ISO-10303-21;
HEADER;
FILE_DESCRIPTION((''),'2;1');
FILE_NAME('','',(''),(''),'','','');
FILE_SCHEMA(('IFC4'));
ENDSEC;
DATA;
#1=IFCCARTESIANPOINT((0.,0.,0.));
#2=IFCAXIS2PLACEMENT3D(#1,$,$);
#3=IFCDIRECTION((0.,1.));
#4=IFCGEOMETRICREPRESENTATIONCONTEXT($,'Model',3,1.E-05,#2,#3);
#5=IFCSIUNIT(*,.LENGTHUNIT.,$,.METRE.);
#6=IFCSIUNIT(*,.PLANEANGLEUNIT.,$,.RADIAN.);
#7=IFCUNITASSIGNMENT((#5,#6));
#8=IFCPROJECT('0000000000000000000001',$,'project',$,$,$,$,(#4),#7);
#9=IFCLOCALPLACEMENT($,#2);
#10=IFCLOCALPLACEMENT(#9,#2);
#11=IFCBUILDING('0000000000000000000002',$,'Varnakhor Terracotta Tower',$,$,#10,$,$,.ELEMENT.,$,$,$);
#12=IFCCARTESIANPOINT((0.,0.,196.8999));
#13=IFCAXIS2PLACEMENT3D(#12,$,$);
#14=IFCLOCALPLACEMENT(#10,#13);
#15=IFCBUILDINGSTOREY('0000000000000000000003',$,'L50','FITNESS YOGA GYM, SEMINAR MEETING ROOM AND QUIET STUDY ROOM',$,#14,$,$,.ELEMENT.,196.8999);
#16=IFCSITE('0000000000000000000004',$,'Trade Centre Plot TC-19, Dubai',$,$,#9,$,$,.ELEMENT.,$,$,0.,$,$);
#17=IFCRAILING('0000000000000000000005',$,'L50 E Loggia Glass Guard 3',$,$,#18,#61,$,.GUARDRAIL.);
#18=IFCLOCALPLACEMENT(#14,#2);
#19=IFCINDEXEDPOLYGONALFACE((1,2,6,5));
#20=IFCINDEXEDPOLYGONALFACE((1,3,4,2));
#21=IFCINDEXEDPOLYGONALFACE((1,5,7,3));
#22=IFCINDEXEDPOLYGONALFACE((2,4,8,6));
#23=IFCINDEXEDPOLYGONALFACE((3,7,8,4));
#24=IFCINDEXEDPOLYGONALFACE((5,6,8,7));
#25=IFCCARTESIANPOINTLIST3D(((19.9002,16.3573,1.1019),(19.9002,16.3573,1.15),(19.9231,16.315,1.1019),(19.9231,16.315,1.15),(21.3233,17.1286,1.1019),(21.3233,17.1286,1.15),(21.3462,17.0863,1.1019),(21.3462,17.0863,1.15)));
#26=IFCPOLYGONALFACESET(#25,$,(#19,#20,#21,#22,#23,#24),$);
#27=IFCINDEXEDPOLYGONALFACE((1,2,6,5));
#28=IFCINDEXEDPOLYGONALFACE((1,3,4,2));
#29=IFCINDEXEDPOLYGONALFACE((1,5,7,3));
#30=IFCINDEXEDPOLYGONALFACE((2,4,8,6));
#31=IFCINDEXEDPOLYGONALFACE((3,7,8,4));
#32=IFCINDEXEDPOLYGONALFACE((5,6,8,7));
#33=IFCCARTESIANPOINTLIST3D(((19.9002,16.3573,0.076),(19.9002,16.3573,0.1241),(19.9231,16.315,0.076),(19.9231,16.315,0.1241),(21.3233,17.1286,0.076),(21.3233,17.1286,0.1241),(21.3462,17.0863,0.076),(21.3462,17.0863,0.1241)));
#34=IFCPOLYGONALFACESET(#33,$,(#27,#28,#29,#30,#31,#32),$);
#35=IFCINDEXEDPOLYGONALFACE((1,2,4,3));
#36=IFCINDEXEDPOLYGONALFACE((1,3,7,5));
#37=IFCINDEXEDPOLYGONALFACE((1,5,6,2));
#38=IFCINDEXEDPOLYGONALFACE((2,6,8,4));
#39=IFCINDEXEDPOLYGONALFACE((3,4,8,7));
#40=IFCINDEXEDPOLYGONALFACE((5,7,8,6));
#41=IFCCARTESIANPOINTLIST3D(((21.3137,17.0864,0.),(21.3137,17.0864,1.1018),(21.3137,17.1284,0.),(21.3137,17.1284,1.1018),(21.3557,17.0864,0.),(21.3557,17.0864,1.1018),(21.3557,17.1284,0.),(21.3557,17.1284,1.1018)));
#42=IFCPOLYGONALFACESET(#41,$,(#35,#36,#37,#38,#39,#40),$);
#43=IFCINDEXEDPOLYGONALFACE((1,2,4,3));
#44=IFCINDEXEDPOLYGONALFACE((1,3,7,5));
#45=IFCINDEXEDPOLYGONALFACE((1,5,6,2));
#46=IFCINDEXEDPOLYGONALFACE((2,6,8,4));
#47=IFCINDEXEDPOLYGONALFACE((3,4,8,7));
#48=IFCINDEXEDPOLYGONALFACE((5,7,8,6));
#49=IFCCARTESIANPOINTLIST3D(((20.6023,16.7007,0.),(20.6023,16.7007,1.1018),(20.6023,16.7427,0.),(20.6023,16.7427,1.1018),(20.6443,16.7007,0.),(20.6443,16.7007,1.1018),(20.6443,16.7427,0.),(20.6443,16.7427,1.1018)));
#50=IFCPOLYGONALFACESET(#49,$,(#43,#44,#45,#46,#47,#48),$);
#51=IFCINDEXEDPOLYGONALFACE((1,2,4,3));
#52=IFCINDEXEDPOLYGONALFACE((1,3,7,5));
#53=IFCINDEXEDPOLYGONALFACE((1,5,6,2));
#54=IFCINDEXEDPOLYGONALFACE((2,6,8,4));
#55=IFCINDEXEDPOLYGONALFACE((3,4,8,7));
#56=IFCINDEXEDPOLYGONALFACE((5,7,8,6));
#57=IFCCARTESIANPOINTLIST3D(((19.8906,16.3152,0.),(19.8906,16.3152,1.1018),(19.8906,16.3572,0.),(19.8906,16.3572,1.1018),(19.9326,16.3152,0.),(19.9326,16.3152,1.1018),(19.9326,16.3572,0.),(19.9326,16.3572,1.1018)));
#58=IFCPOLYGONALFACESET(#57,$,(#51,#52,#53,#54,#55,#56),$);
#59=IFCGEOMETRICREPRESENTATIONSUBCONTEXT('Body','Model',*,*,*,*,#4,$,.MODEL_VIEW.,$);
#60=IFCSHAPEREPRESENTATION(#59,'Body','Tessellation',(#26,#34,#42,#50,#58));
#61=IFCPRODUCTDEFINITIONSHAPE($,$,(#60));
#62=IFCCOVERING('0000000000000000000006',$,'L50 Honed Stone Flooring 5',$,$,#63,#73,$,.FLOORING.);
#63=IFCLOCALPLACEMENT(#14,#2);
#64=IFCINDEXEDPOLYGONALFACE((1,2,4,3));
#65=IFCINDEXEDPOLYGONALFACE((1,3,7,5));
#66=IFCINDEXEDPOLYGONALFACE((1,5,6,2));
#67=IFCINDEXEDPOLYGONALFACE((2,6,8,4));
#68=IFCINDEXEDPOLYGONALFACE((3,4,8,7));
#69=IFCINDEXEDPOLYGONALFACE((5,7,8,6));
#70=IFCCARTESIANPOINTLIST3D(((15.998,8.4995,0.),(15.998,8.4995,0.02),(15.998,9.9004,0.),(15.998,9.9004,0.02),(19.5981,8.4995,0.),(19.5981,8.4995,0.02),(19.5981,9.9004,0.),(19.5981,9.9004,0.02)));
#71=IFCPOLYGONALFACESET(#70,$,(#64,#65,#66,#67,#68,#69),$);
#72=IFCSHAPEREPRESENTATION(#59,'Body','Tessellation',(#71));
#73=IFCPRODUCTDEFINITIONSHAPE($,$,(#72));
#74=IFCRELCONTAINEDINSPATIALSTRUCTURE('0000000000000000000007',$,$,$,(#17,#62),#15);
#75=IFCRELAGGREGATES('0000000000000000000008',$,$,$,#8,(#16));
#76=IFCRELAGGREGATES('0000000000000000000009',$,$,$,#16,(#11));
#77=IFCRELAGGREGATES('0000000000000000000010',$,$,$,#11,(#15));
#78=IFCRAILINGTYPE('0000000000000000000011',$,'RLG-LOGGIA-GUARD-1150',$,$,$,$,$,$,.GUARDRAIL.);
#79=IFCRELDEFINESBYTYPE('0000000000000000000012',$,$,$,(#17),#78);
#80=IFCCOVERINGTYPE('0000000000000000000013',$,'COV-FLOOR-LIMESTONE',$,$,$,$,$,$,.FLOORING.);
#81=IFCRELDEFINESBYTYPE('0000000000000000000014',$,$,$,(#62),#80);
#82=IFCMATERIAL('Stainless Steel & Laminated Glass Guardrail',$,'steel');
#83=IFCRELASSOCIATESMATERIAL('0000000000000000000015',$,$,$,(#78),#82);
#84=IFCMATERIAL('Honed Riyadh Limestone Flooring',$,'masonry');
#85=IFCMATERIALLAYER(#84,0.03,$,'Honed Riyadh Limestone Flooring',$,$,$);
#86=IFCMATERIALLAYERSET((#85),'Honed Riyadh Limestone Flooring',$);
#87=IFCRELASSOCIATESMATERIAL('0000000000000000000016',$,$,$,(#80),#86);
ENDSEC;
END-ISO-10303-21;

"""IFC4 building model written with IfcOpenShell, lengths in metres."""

from ifc_helpers import new_model, si_unit, direction, frame, origin, origin_2d, place, context, subcontext, project, spatial, rectangle, extrude, source, transform, mapped, material, layer, layer_set, type_object, element, save


model = new_model("IFC4")

# Units and contexts
model_context = context("Model", 3, precision=1e-05, world=origin(), true_north=direction((0.0, 1.0)))
body_context = subcontext(model_context, "Body", "Model", "MODEL_VIEW")
ifc_project = project(units=[si_unit("LENGTHUNIT", "METRE"), si_unit("PLANEANGLEUNIT", "RADIAN")], contexts=[model_context])

# Site, building, storey
site_placement = place(None, origin())
site = spatial("IfcSite", under=ifc_project, at=site_placement, Name="Trade Centre Plot TC-19, Dubai", CompositionType="ELEMENT", RefElevation=0.0)
building_placement = place(site_placement, origin())
building = spatial("IfcBuilding", under=site, at=building_placement, Name="Varnakhor Terracotta Tower", CompositionType="ELEMENT")
storey_placement = place(building_placement, frame((0.0, 0.0, 196.8999)))
storey = spatial("IfcBuildingStorey", under=building, at=storey_placement, Name="L50", Description="FITNESS YOGA GYM, SEMINAR MEETING ROOM AND QUIET STUDY ROOM", CompositionType="ELEMENT", Elevation=196.8999)

# Railing
ifc_material_1 = material(Name="Stainless Steel & Laminated Glass Guardrail", Category="steel")
railing_type = type_object("IfcRailingType", Name="RLG-LOGGIA-GUARD-1150", PredefinedType="GUARDRAIL", material=ifc_material_1)
railing_placement = place(storey_placement, frame((21.3347, 17.1074, 0.0)))
element("IfcRailing", 1, at=railing_placement, inside=storey, type_object=railing_type, Name="L50 E Loggia Glass Guard 3", PredefinedType="GUARDRAIL", context=body_context, shape_type="SweptSolid", body=[
    extrude(rectangle(XDim=0.0481, YDim=0.0481, at=origin_2d()), frame((0.0, 0.0, 1.126), z_axis=(-0.879189, -0.476473, 0.0), x_axis=(0.476473, -0.879189, 0.0)), (0.0, 0.0, 1.0), 1.6187),
    extrude(rectangle(XDim=0.0481, YDim=0.0481, at=origin_2d()), frame((0.0, 0.0, 0.1001), z_axis=(-0.879189, -0.476473, 0.0), x_axis=(0.476473, -0.879189, 0.0)), (0.0, 0.0, 1.0), 1.6187),
    extrude(rectangle(XDim=0.042, YDim=0.042, at=origin_2d()), origin(), (0.0, 0.0, 1.0), 1.1018),
    extrude(rectangle(XDim=0.042, YDim=0.042, at=origin_2d()), frame((-0.7114, -0.3857, 0.0)), (0.0, 0.0, 1.0), 1.1018),
    extrude(rectangle(XDim=0.042, YDim=0.042, at=origin_2d()), frame((-1.4231, -0.7712, 0.0)), (0.0, 0.0, 1.0), 1.1018),
])

# Covering
ifc_material_2 = material(Name="Honed Riyadh Limestone Flooring", Category="masonry")
ifc_layer_1 = layer(ifc_material_2, 0.03, Name="Honed Riyadh Limestone Flooring")
ifc_layer_set_1 = layer_set([ifc_layer_1], Name="Honed Riyadh Limestone Flooring")
covering_type = type_object("IfcCoveringType", Name="COV-FLOOR-LIMESTONE", PredefinedType="FLOORING", material=ifc_layer_set_1)
shared_shape_1 = source(origin(), body_context, "Body", "SweptSolid", [
    extrude(rectangle(XDim=3.6001, YDim=1.4009, at=origin_2d()), origin(), (0.0, 0.0, 1.0), 0.02),
])
covering_placement = place(storey_placement, frame((17.7981, 9.2, 0.0), z_axis=(0.0, 0.0, 1.0), x_axis=(1.0, 0.0, 0.0)))
element("IfcCovering", 2, at=covering_placement, inside=storey, type_object=covering_type, Name="L50 Honed Stone Flooring 5", PredefinedType="FLOORING", context=body_context, shape_type="MappedRepresentation", body=[
    mapped(shared_shape_1, transform((0.0, 0.0, 0.0), scale=1.0)),
])

save(model, "model.ifc")
